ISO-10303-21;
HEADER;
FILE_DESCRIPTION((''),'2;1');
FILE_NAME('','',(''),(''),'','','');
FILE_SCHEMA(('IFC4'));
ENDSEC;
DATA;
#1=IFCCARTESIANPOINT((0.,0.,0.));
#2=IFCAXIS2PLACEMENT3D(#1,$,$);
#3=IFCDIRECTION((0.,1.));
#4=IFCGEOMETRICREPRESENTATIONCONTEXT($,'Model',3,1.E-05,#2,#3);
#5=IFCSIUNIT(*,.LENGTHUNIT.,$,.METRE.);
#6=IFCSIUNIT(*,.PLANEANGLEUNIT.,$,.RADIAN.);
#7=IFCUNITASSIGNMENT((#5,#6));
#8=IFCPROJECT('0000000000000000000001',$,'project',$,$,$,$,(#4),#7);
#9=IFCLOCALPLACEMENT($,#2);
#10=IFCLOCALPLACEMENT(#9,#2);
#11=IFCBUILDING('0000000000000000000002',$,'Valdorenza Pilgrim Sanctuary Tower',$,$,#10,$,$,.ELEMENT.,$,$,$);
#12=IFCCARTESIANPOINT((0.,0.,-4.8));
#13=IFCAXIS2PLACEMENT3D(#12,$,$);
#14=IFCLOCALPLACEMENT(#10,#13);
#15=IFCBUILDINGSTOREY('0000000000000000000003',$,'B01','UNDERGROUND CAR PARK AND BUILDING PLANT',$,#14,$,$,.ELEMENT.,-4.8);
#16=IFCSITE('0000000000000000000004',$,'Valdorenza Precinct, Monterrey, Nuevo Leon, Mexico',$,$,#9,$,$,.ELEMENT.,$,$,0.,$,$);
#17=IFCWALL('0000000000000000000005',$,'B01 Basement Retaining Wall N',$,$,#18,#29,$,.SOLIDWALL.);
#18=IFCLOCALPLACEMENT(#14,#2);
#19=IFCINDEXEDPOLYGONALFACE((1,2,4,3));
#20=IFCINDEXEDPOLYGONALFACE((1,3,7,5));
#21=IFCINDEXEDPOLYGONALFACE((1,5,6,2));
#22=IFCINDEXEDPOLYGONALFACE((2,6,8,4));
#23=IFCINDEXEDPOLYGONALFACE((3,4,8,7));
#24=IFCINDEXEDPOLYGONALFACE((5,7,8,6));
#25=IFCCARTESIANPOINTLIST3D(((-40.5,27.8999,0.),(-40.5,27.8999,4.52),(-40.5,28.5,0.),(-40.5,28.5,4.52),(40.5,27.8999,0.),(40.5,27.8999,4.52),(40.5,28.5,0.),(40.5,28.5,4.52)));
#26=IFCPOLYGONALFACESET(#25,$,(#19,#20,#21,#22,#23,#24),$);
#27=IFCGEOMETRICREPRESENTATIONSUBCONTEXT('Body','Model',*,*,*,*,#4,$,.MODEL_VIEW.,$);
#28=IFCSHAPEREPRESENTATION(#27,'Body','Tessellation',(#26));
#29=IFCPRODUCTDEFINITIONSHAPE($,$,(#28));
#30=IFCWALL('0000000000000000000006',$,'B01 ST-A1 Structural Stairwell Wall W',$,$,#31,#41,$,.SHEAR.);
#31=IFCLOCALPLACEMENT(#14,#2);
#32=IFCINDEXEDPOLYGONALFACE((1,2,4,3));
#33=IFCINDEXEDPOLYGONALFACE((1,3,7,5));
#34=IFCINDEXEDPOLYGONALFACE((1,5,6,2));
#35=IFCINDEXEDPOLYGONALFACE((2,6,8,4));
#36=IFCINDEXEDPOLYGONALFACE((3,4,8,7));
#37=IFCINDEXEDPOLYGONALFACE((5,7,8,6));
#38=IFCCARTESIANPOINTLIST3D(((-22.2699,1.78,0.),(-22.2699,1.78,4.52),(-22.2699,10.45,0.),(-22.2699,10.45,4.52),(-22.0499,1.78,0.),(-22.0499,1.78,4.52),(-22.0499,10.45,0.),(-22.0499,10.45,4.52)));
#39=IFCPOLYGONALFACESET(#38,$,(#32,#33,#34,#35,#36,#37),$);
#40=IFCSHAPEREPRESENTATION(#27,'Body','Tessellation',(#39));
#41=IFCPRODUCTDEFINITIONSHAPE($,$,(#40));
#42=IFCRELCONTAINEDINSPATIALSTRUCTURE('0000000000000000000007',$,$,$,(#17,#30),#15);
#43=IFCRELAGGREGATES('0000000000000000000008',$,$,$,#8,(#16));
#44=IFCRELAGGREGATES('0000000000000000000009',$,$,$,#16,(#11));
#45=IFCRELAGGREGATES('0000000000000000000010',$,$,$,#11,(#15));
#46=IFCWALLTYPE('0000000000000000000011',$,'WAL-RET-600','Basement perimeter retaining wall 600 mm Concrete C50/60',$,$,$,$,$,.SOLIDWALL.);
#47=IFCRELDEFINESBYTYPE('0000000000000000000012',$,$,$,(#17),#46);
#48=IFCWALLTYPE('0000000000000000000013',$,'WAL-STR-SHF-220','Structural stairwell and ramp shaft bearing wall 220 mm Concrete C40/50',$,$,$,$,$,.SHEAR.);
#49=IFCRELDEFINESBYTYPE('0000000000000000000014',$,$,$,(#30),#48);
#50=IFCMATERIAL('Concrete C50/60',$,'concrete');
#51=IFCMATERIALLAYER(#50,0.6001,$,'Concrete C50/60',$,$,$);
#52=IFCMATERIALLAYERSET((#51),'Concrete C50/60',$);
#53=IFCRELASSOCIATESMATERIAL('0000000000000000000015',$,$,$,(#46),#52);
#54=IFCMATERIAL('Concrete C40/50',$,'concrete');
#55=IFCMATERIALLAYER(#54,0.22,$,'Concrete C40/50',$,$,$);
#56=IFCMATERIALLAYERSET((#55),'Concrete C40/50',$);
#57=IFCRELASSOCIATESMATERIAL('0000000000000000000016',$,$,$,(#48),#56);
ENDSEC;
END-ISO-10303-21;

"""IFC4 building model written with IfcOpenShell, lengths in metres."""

from ifc_helpers import new_model, si_unit, direction, frame, frame_2d, origin, place, context, subcontext, project, spatial, rectangle, extrude, material, layer, layer_set, type_object, element, save


model = new_model("IFC4")

# Units and contexts
model_context = context("Model", 3, precision=1e-05, world=origin(), true_north=direction((0.0, 1.0)))
body_context = subcontext(model_context, "Body", "Model", "MODEL_VIEW")
ifc_project = project(units=[si_unit("LENGTHUNIT", "METRE"), si_unit("PLANEANGLEUNIT", "RADIAN")], contexts=[model_context])

# Site, building, storey
site_placement = place(None, origin())
site = spatial("IfcSite", under=ifc_project, at=site_placement, Name="Valdorenza Precinct, Monterrey, Nuevo Leon, Mexico", CompositionType="ELEMENT", RefElevation=0.0)
building_placement = place(site_placement, origin())
building = spatial("IfcBuilding", under=site, at=building_placement, Name="Valdorenza Pilgrim Sanctuary Tower", CompositionType="ELEMENT")
storey_placement = place(building_placement, frame((0.0, 0.0, -4.8)))
storey = spatial("IfcBuildingStorey", under=building, at=storey_placement, Name="B01", Description="UNDERGROUND CAR PARK AND BUILDING PLANT", CompositionType="ELEMENT", Elevation=-4.8)

# Walls
ifc_material_1 = material(Name="Concrete C50/60", Category="concrete")
ifc_layer_1 = layer(ifc_material_1, 0.6001, Name="Concrete C50/60")
ifc_layer_set_1 = layer_set([ifc_layer_1], Name="Concrete C50/60")
wall_type_1 = type_object("IfcWallType", Name="WAL-RET-600", Description="Basement perimeter retaining wall 600 mm Concrete C50/60", PredefinedType="SOLIDWALL", material=ifc_layer_set_1)
wall_1_placement = place(storey_placement, frame((-40.5, 28.2, 0.0), z_axis=(0.0, 0.0, 1.0), x_axis=(1.0, 0.0, 0.0)))
element("IfcWall", 1, at=wall_1_placement, inside=storey, type_object=wall_type_1, Name="B01 Basement Retaining Wall N", PredefinedType="SOLIDWALL", context=body_context, shape_type="SweptSolid", body=[
    extrude(rectangle(XDim=81.0, YDim=0.6001, at=frame_2d((40.5, 0.0))), origin(), (0.0, 0.0, 1.0), 4.52),
])
ifc_material_2 = material(Name="Concrete C40/50", Category="concrete")
ifc_layer_2 = layer(ifc_material_2, 0.22, Name="Concrete C40/50")
ifc_layer_set_2 = layer_set([ifc_layer_2], Name="Concrete C40/50")
wall_type_2 = type_object("IfcWallType", Name="WAL-STR-SHF-220", Description="Structural stairwell and ramp shaft bearing wall 220 mm Concrete C40/50", PredefinedType="SHEAR", material=ifc_layer_set_2)
wall_2_placement = place(storey_placement, frame((-22.1599, 1.78, 0.0), z_axis=(0.0, 0.0, 1.0), x_axis=(0.0, 1.0, 0.0)))
element("IfcWall", 2, at=wall_2_placement, inside=storey, type_object=wall_type_2, Name="B01 ST-A1 Structural Stairwell Wall W", PredefinedType="SHEAR", context=body_context, shape_type="SweptSolid", body=[
    extrude(rectangle(XDim=8.6699, YDim=0.22, at=frame_2d((4.335, 0.0))), origin(), (0.0, 0.0, 1.0), 4.52),
])

save(model, "model.ifc")
